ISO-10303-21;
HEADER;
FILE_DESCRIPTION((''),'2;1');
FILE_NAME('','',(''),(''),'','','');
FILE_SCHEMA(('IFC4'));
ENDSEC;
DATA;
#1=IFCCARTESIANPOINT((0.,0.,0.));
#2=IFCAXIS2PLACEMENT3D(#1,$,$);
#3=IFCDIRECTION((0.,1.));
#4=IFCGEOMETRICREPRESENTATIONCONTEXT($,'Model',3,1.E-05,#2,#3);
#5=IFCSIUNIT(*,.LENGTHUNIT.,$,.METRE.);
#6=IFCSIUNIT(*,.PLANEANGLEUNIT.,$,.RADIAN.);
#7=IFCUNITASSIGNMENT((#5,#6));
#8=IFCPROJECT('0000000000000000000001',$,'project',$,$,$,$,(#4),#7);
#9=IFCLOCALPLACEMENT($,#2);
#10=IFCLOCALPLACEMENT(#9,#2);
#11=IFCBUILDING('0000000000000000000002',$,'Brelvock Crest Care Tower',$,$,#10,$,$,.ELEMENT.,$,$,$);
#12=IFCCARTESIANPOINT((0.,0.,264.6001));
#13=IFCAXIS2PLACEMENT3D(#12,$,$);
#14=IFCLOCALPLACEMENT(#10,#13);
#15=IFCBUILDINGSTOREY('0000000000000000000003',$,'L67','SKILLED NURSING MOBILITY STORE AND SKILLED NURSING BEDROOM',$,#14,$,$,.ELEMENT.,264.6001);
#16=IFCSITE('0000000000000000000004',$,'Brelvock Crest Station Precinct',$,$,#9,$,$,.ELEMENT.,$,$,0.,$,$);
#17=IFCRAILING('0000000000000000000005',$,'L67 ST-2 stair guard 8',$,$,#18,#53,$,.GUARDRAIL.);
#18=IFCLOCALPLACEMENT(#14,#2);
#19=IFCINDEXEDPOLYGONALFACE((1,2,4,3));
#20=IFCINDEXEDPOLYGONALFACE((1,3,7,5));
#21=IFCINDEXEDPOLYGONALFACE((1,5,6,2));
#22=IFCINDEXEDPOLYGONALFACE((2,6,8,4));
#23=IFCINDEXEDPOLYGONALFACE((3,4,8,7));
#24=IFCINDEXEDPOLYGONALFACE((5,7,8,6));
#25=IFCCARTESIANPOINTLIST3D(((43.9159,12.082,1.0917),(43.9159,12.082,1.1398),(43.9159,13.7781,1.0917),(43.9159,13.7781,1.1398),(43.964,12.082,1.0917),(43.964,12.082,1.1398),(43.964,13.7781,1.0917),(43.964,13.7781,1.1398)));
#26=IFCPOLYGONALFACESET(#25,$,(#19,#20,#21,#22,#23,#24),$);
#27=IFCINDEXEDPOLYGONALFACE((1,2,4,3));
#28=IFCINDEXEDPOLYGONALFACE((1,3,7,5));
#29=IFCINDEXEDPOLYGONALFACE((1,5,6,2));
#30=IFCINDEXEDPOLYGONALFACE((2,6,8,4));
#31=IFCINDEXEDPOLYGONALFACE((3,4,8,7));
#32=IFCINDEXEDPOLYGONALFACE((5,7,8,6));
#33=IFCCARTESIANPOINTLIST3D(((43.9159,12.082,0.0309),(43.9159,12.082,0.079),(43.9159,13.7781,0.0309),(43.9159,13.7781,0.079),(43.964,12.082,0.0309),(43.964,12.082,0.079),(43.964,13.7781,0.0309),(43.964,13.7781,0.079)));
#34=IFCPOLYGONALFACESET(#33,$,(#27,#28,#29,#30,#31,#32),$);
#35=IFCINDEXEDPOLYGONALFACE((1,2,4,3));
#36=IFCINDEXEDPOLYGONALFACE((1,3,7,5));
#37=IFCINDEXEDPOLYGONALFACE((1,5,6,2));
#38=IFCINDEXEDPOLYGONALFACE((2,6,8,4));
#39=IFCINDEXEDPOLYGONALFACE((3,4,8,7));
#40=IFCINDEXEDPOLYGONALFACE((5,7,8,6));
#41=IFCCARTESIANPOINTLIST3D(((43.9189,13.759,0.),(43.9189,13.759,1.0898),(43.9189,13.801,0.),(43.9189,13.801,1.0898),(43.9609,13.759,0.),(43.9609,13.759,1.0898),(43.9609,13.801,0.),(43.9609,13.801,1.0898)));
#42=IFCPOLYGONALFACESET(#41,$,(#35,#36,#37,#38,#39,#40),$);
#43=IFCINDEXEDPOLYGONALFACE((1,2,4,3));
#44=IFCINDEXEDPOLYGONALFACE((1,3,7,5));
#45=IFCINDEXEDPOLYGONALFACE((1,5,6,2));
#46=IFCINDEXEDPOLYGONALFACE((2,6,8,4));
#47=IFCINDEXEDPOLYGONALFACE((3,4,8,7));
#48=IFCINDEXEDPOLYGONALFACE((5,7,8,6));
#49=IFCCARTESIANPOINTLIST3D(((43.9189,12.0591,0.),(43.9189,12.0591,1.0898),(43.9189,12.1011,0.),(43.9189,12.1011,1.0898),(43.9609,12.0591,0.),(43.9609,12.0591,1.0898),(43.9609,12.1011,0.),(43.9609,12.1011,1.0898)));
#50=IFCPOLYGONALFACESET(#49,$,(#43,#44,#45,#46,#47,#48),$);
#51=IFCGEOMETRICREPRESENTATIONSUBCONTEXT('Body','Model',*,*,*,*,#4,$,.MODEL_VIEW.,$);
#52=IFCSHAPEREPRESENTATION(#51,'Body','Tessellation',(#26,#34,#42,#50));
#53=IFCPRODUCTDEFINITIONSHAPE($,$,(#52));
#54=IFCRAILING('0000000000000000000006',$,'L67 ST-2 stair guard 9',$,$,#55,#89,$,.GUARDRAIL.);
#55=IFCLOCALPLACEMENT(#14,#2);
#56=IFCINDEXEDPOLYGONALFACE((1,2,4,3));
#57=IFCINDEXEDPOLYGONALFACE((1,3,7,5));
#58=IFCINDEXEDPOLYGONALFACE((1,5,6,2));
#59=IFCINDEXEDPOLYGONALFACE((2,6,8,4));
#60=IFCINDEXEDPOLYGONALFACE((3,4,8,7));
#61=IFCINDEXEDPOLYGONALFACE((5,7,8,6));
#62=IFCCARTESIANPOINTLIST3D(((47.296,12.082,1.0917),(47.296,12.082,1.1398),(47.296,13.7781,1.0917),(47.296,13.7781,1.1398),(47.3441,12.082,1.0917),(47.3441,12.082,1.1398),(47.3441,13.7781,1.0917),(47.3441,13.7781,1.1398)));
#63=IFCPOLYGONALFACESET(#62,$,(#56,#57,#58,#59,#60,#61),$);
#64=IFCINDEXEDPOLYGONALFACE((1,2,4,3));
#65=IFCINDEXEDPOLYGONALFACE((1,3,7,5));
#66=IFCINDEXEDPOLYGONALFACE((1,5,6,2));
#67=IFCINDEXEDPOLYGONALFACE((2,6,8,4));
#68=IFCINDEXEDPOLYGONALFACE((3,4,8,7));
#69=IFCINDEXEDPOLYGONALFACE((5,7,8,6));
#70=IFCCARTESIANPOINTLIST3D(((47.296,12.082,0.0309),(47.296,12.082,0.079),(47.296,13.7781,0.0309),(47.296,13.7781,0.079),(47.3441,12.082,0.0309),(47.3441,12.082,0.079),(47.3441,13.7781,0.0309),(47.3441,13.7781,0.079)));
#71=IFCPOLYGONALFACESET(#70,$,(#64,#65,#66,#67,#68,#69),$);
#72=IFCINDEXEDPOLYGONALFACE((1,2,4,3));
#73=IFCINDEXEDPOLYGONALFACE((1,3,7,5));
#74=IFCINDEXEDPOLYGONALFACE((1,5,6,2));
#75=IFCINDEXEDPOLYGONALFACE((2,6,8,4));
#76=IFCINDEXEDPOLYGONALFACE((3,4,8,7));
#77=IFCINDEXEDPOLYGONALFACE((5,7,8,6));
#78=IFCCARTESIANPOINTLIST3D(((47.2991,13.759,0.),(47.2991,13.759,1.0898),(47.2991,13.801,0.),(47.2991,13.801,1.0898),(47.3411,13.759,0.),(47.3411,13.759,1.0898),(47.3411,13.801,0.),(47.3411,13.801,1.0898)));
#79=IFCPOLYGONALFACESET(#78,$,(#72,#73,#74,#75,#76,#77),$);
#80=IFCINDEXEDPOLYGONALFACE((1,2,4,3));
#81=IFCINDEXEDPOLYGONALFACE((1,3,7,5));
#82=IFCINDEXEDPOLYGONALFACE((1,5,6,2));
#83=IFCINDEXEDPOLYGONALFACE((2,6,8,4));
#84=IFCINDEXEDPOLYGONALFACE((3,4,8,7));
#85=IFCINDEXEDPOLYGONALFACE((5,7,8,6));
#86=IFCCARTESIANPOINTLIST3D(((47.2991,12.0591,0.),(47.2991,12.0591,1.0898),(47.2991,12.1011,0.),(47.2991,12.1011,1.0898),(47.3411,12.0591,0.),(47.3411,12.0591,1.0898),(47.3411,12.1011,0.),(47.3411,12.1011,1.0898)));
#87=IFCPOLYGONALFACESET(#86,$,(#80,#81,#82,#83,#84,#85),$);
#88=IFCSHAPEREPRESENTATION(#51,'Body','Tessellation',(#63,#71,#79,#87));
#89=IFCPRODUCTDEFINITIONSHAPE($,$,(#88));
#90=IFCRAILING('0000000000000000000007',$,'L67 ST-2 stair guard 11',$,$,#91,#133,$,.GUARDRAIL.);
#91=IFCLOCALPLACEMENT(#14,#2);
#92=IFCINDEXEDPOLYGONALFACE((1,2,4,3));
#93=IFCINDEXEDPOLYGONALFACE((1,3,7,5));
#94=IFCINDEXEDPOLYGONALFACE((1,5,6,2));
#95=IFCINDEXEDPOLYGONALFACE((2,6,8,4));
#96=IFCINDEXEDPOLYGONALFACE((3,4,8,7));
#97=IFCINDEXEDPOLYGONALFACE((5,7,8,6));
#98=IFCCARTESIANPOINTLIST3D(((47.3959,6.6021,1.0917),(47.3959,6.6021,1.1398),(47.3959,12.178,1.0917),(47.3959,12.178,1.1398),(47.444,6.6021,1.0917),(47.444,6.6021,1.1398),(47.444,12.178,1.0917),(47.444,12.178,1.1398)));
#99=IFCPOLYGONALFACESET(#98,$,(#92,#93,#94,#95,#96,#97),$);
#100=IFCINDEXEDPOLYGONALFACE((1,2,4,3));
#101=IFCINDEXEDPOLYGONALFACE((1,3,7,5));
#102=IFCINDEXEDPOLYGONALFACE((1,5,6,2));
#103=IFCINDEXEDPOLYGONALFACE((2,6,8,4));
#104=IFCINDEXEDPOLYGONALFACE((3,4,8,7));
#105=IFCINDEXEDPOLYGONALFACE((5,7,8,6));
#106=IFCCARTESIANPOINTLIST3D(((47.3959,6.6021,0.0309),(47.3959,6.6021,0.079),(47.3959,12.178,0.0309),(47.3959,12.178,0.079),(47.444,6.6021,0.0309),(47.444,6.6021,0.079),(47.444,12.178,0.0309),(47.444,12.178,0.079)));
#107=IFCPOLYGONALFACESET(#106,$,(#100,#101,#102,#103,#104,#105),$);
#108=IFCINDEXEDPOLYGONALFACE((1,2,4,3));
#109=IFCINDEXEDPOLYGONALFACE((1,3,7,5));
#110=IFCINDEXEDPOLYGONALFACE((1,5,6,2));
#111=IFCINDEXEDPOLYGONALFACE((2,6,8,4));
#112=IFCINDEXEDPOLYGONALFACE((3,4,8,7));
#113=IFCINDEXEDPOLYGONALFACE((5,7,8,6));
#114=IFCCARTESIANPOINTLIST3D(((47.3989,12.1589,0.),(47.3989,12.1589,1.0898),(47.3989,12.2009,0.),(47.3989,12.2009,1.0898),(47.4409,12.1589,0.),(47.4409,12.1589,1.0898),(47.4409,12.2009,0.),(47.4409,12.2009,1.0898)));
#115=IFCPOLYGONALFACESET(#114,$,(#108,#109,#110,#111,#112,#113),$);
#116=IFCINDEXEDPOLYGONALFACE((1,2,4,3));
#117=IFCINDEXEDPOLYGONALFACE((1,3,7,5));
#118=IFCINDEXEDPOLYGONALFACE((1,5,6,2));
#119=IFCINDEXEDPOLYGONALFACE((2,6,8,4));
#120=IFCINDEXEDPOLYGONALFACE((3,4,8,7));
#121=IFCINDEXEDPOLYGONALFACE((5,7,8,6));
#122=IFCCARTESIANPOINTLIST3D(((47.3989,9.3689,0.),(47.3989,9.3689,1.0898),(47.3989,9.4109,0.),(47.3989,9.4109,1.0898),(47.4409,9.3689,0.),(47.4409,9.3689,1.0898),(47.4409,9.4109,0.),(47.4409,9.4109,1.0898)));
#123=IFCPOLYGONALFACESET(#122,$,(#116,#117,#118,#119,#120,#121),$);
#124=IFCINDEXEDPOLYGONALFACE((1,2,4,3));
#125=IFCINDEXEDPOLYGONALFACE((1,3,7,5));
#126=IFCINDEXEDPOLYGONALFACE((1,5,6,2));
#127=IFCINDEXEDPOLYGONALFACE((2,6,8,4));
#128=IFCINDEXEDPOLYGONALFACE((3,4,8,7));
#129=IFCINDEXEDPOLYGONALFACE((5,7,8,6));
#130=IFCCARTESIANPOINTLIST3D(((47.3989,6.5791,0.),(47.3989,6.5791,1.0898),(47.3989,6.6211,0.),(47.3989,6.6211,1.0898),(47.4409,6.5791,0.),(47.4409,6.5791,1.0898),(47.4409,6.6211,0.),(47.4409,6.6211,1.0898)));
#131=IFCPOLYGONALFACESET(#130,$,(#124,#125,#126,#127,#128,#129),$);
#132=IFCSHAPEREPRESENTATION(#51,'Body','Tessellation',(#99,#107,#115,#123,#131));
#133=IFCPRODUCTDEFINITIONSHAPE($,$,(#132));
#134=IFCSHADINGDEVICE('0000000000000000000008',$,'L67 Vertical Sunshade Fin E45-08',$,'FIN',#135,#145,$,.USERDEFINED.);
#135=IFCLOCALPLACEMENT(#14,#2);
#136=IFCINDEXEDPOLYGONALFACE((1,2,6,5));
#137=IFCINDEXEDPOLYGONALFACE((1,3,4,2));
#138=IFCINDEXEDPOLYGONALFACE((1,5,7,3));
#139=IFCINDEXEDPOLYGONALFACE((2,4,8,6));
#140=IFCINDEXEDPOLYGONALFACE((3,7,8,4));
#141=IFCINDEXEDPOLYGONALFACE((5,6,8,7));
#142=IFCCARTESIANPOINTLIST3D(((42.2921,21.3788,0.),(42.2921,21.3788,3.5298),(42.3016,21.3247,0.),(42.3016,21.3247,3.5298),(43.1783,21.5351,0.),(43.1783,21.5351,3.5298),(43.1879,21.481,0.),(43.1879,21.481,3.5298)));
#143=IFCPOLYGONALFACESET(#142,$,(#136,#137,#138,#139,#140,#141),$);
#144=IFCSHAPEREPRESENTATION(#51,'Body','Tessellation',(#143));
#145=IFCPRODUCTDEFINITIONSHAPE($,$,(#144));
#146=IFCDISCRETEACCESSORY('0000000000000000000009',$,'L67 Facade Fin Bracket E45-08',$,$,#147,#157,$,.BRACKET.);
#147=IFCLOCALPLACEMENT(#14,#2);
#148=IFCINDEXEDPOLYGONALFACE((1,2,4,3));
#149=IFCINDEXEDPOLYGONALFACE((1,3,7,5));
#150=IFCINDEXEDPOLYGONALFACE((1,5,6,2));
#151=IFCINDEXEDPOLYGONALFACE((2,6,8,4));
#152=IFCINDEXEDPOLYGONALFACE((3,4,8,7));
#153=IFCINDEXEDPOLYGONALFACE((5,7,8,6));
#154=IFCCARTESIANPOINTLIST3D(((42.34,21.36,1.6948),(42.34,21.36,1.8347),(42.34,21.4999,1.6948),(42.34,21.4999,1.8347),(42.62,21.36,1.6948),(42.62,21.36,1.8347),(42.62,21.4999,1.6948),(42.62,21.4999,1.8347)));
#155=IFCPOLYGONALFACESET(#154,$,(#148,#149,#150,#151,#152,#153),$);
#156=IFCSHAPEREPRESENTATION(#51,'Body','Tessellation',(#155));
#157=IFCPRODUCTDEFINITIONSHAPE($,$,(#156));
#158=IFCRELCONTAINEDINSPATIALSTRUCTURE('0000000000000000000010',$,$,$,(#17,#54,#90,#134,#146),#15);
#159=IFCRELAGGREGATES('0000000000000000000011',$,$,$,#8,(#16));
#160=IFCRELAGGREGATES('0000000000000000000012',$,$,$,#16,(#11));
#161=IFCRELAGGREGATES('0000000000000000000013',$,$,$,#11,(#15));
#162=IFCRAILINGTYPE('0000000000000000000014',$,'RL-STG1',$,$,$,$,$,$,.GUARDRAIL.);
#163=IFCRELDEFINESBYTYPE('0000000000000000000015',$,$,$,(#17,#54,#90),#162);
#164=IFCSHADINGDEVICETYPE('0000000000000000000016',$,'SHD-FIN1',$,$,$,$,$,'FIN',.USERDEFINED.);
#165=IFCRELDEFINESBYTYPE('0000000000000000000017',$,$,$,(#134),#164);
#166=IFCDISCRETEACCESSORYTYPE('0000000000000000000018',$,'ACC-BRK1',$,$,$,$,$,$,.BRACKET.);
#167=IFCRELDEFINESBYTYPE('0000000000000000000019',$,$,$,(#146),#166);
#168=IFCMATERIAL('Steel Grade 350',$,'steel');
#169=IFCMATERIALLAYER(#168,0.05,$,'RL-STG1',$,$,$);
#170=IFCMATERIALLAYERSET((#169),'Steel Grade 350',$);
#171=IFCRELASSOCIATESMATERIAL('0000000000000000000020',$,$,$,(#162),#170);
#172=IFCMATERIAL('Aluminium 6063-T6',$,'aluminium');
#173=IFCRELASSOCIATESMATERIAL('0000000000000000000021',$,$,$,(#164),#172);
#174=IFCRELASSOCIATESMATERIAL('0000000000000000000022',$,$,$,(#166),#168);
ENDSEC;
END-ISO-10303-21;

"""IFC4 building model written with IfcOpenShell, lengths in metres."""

from ifc_helpers import new_model, si_unit, direction, frame, origin, origin_2d, place, context, subcontext, project, spatial, rectangle, extrude, source, transform, mapped, material, layer, layer_set, material_profile, profile_set, type_object, element, save


model = new_model("IFC4")

# Units and contexts
model_context = context("Model", 3, precision=1e-05, world=origin(), true_north=direction((0.0, 1.0)))
body_context = subcontext(model_context, "Body", "Model", "MODEL_VIEW")
ifc_project = project(units=[si_unit("LENGTHUNIT", "METRE"), si_unit("PLANEANGLEUNIT", "RADIAN")], contexts=[model_context])

# Site, building, storey
site_placement = place(None, origin())
site = spatial("IfcSite", under=ifc_project, at=site_placement, Name="Brelvock Crest Station Precinct", CompositionType="ELEMENT", RefElevation=0.0)
building_placement = place(site_placement, origin())
building = spatial("IfcBuilding", under=site, at=building_placement, Name="Brelvock Crest Care Tower", CompositionType="ELEMENT")
storey_placement = place(building_placement, frame((0.0, 0.0, 264.6001)))
storey = spatial("IfcBuildingStorey", under=building, at=storey_placement, Name="L67", Description="SKILLED NURSING MOBILITY STORE AND SKILLED NURSING BEDROOM", CompositionType="ELEMENT", Elevation=264.6001)

# Shared definitions
ifc_material_1 = material(Name="Steel Grade 350", Category="steel")

# Shared definitions
ifc_material_2 = material(Name="Aluminium 6063-T6", Category="aluminium")

# Railings
ifc_layer_1 = layer(ifc_material_1, 0.05, Name="RL-STG1")
ifc_layer_set_1 = layer_set([ifc_layer_1], Name="Steel Grade 350")
railing_type = type_object("IfcRailingType", Name="RL-STG1", PredefinedType="GUARDRAIL", material=ifc_layer_set_1)
for number, where, name in (
    (1, (43.9399, 13.78, 0.0), "L67 ST-2 stair guard 8"),
    (2, (47.3201, 13.78, 0.0), "L67 ST-2 stair guard 9"),
):
    element("IfcRailing", number, at=place(storey_placement, frame(where)), inside=storey, type_object=railing_type, Name=name, PredefinedType="GUARDRAIL", context=body_context, shape_type="SweptSolid", body=[
        extrude(rectangle(XDim=0.0481, YDim=0.0481, at=origin_2d()), frame((0.0, -0.002, 1.1157), z_axis=(0.0, -1.0, 0.0), x_axis=(1.0, 0.0, 0.0)), (0.0, 0.0, 1.0), 1.696),
        extrude(rectangle(XDim=0.0481, YDim=0.0481, at=origin_2d()), frame((0.0, -0.002, 0.0549), z_axis=(0.0, -1.0, 0.0), x_axis=(1.0, 0.0, 0.0)), (0.0, 0.0, 1.0), 1.696),
        extrude(rectangle(XDim=0.042, YDim=0.042, at=origin_2d()), origin(), (0.0, 0.0, 1.0), 1.0898),
        extrude(rectangle(XDim=0.042, YDim=0.042, at=origin_2d()), frame((0.0, -1.7, 0.0)), (0.0, 0.0, 1.0), 1.0898),
    ])
railing_placement = place(storey_placement, frame((47.4199, 12.1799, 0.0)))
element("IfcRailing", 3, at=railing_placement, inside=storey, type_object=railing_type, Name="L67 ST-2 stair guard 11", PredefinedType="GUARDRAIL", context=body_context, shape_type="SweptSolid", body=[
    extrude(rectangle(XDim=0.0481, YDim=0.0481, at=origin_2d()), frame((0.0, -0.002, 1.1157), z_axis=(0.0, -1.0, 0.0), x_axis=(1.0, 0.0, 0.0)), (0.0, 0.0, 1.0), 5.5759),
    extrude(rectangle(XDim=0.0481, YDim=0.0481, at=origin_2d()), frame((0.0, -0.002, 0.0549), z_axis=(0.0, -1.0, 0.0), x_axis=(1.0, 0.0, 0.0)), (0.0, 0.0, 1.0), 5.5759),
    extrude(rectangle(XDim=0.042, YDim=0.042, at=origin_2d()), origin(), (0.0, 0.0, 1.0), 1.0898),
    extrude(rectangle(XDim=0.042, YDim=0.042, at=origin_2d()), frame((0.0, -2.79, 0.0)), (0.0, 0.0, 1.0), 1.0898),
    extrude(rectangle(XDim=0.042, YDim=0.042, at=origin_2d()), frame((0.0, -5.5798, 0.0)), (0.0, 0.0, 1.0), 1.0898),
])

# Shading device
ifc_material_profile_1 = material_profile(ifc_material_2, rectangle(XDim=0.0549, YDim=0.8999, at=origin_2d()), Name="FIN55x900")
ifc_profile_set_1 = profile_set([ifc_material_profile_1], Name="Aluminium 6063-T6")
shading_device_type = type_object("IfcShadingDeviceType", Name="SHD-FIN1", ElementType="FIN", PredefinedType="USERDEFINED", material=ifc_profile_set_1)
shared_shape_1 = source(origin(), body_context, "Body", "SweptSolid", [
    extrude(rectangle(XDim=0.0549, YDim=0.8999, at=origin_2d()), origin(), (0.0, 0.0, 1.0), 3.5298),
])
shading_device_placement = place(storey_placement, frame((42.74, 21.4299, 0.0), z_axis=(0.0, 0.0, 1.0), x_axis=(0.173648, -0.984808, 0.0)))
element("IfcShadingDevice", 4, at=shading_device_placement, inside=storey, type_object=shading_device_type, Name="L67 Vertical Sunshade Fin E45-08", ObjectType="FIN", PredefinedType="USERDEFINED", context=body_context, shape_type="MappedRepresentation", body=[
    mapped(shared_shape_1, transform((0.0, 0.0, 0.0), x_axis=(1.0, 0.0, 0.0), y_axis=(0.0, 1.0, 0.0), z_axis=(0.0, 0.0, 1.0), scale=1.0)),
])

# Discrete accessory
discrete_accessory_type = type_object("IfcDiscreteAccessoryType", Name="ACC-BRK1", PredefinedType="BRACKET", material=ifc_material_1)
shared_shape_2 = source(origin(), body_context, "Body", "SweptSolid", [
    extrude(rectangle(XDim=0.28, YDim=0.1399, at=origin_2d()), origin(), (0.0, 0.0, 1.0), 0.1399),
])
discrete_accessory_placement = place(storey_placement, frame((42.48, 21.4299, 1.6948), z_axis=(0.0, 0.0, 1.0), x_axis=(1.0, 0.0, 0.0)))
element("IfcDiscreteAccessory", 5, at=discrete_accessory_placement, inside=storey, type_object=discrete_accessory_type, Name="L67 Facade Fin Bracket E45-08", PredefinedType="BRACKET", context=body_context, shape_type="MappedRepresentation", body=[
    mapped(shared_shape_2, transform((0.0, 0.0, 0.0), x_axis=(1.0, 0.0, 0.0), y_axis=(0.0, 1.0, 0.0), z_axis=(0.0, 0.0, 1.0), scale=1.0)),
])

save(model, "model.ifc")
